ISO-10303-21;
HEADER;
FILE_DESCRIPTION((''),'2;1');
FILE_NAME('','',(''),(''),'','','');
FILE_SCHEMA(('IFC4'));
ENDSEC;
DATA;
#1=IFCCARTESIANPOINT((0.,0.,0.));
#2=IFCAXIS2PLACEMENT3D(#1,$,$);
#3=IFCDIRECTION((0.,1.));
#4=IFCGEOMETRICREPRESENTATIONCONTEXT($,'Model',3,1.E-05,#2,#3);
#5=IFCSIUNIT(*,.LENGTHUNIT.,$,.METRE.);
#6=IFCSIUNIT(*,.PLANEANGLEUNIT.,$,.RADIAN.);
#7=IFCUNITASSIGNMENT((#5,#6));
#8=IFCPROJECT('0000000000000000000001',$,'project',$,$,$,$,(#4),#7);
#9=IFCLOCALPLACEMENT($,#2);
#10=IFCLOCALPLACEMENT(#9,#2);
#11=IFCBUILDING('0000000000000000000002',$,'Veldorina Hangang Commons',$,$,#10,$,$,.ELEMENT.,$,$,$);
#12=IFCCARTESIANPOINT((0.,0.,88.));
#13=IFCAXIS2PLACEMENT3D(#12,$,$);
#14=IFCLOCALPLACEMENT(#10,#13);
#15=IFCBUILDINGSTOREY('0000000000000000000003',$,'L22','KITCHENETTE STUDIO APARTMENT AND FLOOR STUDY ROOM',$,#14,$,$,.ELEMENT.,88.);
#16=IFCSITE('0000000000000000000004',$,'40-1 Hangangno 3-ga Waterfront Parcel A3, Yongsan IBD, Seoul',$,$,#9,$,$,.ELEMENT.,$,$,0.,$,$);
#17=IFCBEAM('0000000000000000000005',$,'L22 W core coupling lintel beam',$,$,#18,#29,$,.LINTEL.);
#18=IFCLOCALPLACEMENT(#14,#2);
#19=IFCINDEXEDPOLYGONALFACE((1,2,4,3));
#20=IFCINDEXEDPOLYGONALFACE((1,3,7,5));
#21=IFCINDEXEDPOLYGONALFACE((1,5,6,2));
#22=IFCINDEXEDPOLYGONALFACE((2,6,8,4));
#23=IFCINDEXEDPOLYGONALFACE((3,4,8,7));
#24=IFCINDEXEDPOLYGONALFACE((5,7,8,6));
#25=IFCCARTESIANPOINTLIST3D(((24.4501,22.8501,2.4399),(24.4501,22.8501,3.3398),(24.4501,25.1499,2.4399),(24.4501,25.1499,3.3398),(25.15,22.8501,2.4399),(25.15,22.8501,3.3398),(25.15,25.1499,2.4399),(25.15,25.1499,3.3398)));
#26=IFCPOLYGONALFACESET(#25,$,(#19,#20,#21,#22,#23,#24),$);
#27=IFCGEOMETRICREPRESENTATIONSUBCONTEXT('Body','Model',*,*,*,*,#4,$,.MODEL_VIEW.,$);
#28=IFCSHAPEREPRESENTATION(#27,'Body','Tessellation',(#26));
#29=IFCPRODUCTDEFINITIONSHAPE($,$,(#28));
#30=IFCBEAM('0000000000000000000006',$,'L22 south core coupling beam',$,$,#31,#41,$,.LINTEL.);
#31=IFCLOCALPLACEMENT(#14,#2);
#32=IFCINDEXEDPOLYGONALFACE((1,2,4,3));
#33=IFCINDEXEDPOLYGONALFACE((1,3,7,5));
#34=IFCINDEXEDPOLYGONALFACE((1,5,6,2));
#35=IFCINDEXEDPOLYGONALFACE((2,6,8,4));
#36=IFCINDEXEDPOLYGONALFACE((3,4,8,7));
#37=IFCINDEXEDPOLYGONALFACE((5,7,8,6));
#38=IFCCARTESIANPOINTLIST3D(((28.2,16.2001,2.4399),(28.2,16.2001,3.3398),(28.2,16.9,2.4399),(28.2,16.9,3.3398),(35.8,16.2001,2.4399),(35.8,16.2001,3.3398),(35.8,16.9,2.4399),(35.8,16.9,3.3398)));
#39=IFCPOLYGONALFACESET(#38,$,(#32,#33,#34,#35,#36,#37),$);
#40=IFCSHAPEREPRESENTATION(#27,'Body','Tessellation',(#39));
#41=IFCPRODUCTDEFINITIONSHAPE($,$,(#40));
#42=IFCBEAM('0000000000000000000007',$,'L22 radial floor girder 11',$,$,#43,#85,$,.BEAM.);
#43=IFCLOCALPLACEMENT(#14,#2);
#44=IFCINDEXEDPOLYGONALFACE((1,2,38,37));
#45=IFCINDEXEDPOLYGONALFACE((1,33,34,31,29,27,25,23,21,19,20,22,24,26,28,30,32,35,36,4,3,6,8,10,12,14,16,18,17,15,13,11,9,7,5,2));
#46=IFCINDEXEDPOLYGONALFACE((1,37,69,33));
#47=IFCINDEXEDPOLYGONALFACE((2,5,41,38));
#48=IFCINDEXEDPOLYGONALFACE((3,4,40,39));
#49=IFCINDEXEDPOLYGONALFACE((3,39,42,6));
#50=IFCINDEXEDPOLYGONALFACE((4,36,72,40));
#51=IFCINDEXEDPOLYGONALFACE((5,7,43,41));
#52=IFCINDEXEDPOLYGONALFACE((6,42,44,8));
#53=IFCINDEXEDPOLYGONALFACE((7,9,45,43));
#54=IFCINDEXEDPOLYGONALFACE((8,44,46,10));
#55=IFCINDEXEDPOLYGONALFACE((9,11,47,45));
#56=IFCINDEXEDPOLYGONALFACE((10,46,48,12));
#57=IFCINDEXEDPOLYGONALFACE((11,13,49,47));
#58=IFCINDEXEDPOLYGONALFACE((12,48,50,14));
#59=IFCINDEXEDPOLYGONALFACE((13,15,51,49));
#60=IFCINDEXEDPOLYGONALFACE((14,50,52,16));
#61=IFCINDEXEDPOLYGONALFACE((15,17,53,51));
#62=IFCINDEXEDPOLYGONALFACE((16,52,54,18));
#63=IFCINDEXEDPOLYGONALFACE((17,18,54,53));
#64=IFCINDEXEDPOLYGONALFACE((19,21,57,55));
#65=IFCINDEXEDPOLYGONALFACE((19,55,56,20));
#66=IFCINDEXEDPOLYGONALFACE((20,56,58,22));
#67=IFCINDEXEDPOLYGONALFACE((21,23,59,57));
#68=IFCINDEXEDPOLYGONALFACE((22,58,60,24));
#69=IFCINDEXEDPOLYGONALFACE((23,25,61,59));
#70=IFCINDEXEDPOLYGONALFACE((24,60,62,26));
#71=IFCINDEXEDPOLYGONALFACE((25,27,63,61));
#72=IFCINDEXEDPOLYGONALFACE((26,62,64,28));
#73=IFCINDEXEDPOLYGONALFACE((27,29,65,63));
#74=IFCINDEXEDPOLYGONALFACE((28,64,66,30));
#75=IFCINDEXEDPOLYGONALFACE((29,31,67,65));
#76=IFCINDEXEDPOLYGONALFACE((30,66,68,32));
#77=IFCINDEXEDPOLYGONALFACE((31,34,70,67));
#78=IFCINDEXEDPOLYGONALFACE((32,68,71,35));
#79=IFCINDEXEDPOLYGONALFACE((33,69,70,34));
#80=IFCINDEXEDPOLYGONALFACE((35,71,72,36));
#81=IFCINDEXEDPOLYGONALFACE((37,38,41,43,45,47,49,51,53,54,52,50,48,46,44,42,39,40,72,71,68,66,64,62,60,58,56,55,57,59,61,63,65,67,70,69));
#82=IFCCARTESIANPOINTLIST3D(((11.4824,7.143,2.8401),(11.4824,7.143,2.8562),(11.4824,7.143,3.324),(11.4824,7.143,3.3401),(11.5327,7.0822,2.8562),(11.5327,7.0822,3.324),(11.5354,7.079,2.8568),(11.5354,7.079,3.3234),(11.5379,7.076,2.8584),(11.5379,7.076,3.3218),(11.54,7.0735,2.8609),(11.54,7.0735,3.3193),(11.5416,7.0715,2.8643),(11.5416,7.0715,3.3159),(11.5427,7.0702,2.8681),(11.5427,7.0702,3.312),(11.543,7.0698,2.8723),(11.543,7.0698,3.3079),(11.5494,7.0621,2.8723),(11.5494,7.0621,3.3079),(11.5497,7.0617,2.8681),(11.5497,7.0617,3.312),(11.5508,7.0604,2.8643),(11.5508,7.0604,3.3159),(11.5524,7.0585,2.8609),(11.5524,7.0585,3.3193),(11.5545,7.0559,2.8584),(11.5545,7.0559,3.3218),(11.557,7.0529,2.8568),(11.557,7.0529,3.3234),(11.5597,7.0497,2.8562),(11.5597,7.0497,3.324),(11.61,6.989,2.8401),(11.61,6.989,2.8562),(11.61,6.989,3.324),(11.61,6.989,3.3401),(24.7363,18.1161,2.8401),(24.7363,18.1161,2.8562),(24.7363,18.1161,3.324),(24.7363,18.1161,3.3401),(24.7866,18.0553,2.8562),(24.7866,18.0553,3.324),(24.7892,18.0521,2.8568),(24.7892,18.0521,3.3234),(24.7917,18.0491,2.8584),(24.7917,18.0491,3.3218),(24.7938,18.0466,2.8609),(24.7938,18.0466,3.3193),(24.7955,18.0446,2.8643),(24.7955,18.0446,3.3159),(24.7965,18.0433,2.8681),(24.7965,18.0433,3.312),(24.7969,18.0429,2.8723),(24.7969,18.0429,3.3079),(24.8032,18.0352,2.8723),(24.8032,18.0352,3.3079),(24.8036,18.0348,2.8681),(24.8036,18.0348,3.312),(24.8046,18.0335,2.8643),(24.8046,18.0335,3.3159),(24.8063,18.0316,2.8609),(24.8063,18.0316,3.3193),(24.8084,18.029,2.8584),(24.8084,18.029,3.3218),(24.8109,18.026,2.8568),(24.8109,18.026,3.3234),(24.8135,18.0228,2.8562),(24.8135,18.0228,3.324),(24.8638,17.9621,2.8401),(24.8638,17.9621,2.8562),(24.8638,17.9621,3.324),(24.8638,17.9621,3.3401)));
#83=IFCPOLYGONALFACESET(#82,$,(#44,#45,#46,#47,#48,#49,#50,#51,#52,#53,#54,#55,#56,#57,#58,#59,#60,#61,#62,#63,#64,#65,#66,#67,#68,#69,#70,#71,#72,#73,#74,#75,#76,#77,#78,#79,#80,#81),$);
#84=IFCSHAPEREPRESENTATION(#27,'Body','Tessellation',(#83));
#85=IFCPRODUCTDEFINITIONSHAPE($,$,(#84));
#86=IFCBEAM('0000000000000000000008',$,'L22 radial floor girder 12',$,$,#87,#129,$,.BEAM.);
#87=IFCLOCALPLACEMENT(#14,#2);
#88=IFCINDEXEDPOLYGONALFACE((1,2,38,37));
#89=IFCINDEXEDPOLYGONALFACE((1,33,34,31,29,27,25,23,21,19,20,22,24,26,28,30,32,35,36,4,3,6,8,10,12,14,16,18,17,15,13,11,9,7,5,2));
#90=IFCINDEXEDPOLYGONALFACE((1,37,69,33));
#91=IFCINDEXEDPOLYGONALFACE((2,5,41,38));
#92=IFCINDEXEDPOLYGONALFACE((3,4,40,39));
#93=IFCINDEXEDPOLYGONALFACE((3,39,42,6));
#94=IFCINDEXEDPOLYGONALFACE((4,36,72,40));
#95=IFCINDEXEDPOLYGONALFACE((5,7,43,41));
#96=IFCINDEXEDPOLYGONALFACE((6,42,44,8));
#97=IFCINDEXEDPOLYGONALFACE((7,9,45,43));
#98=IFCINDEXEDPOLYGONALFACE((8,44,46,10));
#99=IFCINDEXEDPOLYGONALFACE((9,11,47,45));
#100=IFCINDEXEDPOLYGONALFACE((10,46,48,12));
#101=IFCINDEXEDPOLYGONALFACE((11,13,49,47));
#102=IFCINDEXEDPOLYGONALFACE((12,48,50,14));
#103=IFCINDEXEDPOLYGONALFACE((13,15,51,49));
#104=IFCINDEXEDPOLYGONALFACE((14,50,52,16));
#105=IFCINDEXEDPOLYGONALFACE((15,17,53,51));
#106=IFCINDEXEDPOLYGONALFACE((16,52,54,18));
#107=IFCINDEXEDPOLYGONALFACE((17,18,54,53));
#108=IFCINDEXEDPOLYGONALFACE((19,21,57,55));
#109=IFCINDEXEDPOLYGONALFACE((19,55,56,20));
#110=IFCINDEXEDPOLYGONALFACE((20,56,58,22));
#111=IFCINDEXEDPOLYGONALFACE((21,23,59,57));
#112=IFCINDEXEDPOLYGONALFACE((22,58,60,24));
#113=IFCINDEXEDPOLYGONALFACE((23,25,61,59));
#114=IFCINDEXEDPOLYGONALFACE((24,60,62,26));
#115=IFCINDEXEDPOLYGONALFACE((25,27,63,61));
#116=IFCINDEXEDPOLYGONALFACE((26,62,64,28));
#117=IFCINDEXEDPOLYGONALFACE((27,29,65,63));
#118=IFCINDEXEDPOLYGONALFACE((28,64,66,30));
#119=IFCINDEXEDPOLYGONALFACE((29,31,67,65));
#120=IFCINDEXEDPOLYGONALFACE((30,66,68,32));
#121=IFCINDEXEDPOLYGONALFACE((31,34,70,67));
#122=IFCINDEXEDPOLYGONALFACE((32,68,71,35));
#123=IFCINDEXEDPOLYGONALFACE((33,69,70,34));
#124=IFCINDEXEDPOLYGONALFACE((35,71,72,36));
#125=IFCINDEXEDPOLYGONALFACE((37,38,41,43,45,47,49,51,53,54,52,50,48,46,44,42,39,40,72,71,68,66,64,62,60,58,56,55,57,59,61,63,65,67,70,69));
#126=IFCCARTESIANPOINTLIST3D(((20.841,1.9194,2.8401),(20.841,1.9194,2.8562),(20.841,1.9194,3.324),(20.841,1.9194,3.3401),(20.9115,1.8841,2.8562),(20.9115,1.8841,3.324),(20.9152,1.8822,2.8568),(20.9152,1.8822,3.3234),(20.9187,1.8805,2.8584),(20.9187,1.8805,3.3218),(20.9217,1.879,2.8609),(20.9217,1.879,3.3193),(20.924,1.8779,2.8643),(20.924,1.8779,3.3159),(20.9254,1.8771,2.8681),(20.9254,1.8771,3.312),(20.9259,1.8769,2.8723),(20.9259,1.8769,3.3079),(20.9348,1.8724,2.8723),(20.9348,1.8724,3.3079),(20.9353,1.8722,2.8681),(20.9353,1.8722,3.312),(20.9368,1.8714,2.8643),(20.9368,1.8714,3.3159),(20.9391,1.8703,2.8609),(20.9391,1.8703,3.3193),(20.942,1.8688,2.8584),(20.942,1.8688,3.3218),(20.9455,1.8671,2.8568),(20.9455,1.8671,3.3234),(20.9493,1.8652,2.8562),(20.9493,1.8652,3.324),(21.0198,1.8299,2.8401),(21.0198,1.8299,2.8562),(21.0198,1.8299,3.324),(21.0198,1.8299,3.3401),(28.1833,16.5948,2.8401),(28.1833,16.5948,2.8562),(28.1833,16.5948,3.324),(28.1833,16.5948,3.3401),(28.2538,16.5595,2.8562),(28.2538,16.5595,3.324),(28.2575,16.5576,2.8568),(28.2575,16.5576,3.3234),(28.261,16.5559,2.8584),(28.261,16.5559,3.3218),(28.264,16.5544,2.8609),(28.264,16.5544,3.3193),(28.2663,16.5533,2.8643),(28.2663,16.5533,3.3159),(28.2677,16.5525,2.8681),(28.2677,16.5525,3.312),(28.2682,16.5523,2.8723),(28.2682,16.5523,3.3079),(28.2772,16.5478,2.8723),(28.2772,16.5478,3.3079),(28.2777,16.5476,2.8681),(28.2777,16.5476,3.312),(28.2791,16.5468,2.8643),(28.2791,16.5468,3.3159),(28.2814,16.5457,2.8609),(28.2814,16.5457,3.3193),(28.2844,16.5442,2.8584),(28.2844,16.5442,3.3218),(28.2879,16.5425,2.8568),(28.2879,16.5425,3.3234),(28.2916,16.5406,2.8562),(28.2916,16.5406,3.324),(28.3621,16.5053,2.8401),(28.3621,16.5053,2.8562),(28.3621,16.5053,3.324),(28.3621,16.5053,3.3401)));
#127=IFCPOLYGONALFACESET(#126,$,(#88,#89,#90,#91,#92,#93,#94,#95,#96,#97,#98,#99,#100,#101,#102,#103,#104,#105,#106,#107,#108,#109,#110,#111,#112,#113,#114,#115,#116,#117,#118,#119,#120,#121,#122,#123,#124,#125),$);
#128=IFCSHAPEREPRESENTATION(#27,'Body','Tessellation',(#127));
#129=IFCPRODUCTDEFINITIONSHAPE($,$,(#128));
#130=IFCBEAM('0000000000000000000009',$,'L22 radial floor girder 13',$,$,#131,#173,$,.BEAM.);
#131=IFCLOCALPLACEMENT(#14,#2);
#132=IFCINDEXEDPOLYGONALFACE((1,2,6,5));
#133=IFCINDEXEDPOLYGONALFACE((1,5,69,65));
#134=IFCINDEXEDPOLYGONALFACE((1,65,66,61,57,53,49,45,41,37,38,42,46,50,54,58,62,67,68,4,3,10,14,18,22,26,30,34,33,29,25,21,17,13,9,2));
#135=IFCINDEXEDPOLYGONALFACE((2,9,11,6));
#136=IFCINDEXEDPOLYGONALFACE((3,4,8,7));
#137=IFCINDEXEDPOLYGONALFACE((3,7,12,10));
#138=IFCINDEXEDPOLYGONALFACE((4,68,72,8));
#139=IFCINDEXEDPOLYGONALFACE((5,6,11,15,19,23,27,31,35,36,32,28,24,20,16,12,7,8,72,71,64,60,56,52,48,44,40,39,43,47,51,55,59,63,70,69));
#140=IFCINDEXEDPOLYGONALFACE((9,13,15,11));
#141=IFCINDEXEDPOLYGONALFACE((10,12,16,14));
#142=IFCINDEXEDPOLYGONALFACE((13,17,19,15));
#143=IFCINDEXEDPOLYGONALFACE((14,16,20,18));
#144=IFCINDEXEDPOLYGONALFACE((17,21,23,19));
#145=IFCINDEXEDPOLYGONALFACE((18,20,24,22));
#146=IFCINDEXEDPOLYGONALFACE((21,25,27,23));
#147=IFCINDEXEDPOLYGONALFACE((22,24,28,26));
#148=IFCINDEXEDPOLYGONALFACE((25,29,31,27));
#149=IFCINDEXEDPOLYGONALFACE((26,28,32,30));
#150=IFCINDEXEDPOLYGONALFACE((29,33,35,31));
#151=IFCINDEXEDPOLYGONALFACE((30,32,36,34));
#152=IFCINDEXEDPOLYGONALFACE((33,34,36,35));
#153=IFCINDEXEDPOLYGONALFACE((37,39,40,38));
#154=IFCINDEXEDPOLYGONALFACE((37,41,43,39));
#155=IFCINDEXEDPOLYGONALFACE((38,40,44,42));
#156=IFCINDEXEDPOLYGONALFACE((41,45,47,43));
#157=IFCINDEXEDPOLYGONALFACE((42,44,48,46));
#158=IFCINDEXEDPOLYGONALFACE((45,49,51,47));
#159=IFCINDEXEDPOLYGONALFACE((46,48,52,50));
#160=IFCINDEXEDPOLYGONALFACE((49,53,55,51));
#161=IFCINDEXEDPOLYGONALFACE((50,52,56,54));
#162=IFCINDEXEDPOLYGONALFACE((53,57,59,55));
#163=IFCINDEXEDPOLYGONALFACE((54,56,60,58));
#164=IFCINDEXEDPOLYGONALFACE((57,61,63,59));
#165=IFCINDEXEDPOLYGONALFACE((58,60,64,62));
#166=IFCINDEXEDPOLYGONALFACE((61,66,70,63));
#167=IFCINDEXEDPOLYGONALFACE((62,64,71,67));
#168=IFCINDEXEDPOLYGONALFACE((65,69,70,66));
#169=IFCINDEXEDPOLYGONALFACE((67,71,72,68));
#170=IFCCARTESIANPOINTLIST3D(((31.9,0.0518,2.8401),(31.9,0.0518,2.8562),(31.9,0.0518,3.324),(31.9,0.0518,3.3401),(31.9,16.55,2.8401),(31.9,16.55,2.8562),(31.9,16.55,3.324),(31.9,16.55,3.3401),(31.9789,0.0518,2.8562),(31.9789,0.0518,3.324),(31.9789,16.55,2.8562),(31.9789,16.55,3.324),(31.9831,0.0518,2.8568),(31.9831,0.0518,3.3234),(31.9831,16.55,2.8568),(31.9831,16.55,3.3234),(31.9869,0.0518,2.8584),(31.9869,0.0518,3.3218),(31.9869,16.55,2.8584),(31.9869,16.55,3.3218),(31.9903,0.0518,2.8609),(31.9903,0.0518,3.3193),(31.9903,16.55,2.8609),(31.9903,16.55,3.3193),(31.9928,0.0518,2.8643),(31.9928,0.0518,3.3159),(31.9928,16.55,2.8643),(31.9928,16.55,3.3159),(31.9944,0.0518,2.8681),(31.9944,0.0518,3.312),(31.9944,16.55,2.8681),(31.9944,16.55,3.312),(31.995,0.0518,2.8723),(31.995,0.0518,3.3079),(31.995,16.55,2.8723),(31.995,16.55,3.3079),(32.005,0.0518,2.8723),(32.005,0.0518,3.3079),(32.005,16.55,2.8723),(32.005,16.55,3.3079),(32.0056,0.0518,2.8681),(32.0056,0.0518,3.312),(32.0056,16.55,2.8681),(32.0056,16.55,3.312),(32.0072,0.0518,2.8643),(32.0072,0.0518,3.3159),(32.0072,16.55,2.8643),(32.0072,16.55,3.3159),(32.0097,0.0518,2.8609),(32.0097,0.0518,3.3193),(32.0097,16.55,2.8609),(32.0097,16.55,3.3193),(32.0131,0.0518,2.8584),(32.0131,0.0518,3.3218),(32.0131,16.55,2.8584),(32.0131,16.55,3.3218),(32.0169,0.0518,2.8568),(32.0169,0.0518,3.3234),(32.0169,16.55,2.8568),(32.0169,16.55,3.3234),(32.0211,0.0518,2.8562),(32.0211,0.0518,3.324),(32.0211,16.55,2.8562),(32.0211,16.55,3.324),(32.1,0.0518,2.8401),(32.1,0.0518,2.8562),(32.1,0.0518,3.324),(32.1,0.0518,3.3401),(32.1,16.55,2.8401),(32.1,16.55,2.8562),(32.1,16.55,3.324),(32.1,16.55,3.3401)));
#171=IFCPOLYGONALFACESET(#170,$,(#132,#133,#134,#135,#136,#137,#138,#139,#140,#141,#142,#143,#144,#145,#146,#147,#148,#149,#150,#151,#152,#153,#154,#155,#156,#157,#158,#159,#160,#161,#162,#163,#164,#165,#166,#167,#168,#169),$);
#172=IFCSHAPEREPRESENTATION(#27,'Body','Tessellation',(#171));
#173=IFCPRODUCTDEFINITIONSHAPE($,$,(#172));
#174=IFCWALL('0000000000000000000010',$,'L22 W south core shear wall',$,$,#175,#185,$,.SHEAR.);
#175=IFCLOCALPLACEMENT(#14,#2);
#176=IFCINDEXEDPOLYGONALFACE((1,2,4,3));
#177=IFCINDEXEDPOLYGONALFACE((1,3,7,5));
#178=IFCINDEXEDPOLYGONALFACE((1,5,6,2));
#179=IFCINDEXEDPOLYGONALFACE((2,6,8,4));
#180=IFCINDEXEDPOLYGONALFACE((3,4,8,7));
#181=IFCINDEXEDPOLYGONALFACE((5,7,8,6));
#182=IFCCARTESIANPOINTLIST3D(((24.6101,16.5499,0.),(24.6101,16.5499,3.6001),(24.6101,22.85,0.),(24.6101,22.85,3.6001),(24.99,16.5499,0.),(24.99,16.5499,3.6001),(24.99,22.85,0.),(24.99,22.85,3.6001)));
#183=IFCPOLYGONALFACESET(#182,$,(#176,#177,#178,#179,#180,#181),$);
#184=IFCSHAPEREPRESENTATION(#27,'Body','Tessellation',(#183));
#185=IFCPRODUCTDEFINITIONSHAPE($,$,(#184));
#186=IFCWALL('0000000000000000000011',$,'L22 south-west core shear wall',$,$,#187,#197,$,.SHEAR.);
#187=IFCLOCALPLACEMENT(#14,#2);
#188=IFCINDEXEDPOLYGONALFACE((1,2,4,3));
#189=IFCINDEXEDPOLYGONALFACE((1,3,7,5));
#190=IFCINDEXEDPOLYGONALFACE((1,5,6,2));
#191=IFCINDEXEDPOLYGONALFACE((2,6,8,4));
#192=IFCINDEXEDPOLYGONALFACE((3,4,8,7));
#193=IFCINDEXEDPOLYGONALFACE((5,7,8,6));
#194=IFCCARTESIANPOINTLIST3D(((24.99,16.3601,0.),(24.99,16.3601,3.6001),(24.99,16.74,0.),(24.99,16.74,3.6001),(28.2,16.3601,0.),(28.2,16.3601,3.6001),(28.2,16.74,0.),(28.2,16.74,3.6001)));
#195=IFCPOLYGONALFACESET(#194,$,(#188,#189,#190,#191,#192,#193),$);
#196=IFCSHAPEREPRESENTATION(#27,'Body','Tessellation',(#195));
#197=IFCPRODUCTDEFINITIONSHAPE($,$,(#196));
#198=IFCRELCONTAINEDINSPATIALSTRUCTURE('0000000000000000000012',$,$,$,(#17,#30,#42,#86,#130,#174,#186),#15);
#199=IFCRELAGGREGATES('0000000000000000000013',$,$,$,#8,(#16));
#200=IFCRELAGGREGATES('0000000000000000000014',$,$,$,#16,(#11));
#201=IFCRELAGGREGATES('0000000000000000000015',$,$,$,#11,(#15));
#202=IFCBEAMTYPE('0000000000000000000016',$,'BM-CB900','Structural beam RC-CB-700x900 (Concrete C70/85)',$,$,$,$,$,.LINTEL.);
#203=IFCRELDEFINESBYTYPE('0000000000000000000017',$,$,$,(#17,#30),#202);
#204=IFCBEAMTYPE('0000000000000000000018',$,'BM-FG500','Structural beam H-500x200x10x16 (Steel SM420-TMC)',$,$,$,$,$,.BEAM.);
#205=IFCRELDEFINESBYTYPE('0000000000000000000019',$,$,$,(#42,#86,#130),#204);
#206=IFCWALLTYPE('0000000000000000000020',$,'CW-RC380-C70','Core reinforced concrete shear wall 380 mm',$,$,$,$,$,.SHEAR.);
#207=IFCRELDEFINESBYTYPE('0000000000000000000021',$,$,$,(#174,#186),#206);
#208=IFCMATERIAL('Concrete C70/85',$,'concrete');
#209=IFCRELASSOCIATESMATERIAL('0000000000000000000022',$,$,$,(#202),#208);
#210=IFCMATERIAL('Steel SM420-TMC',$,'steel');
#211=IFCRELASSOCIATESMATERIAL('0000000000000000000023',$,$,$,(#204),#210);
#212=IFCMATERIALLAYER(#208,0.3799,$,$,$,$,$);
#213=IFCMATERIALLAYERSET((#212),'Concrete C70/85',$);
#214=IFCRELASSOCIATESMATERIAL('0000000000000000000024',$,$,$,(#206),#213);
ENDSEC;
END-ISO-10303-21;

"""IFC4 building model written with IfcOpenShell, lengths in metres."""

from ifc_helpers import new_model, si_unit, direction, frame, frame_2d, origin, origin_2d, place, context, subcontext, project, spatial, rectangle, i_section, extrude, material, layer, layer_set, material_profile, profile_set, type_object, element, save


model = new_model("IFC4")

# Units and contexts
model_context = context("Model", 3, precision=1e-05, world=origin(), true_north=direction((0.0, 1.0)))
body_context = subcontext(model_context, "Body", "Model", "MODEL_VIEW")
ifc_project = project(units=[si_unit("LENGTHUNIT", "METRE"), si_unit("PLANEANGLEUNIT", "RADIAN")], contexts=[model_context])

# Site, building, storey
site_placement = place(None, origin())
site = spatial("IfcSite", under=ifc_project, at=site_placement, Name="40-1 Hangangno 3-ga Waterfront Parcel A3, Yongsan IBD, Seoul", CompositionType="ELEMENT", RefElevation=0.0)
building_placement = place(site_placement, origin())
building = spatial("IfcBuilding", under=site, at=building_placement, Name="Veldorina Hangang Commons", CompositionType="ELEMENT")
storey_placement = place(building_placement, frame((0.0, 0.0, 88.0)))
storey = spatial("IfcBuildingStorey", under=building, at=storey_placement, Name="L22", Description="KITCHENETTE STUDIO APARTMENT AND FLOOR STUDY ROOM", CompositionType="ELEMENT", Elevation=88.0)

# Beams
ifc_material_1 = material(Name="Concrete C70/85", Category="concrete")
ifc_material_profile_1 = material_profile(ifc_material_1, rectangle(XDim=0.7, YDim=0.8999, at=origin_2d()), Name="RC-CB-700x900")
ifc_profile_set_1 = profile_set([ifc_material_profile_1], Name="Concrete C70/85")
beam_type_1 = type_object("IfcBeamType", Name="BM-CB900", Description="Structural beam RC-CB-700x900 (Concrete C70/85)", PredefinedType="LINTEL", material=ifc_profile_set_1)
beam_1_placement = place(storey_placement, frame((24.8, 22.8501, 2.8899), z_axis=(0.0, 1.0, 0.0), x_axis=(-1.0, 0.0, 0.0)))
element("IfcBeam", 1, at=beam_1_placement, inside=storey, type_object=beam_type_1, Name="L22 W core coupling lintel beam", PredefinedType="LINTEL", context=body_context, shape_type="SweptSolid", body=[
    extrude(rectangle(XDim=0.7, YDim=0.8999, at=origin_2d()), origin(), (0.0, 0.0, 1.0), 2.2998),
])
beam_2_placement = place(storey_placement, frame((28.2, 16.55, 2.8899), z_axis=(1.0, 0.0, 0.0), x_axis=(0.0, 1.0, 0.0)))
element("IfcBeam", 2, at=beam_2_placement, inside=storey, type_object=beam_type_1, Name="L22 south core coupling beam", PredefinedType="LINTEL", context=body_context, shape_type="SweptSolid", body=[
    extrude(rectangle(XDim=0.7, YDim=0.8999, at=origin_2d()), origin(), (0.0, 0.0, 1.0), 7.6001),
])
ifc_material_2 = material(Name="Steel SM420-TMC", Category="steel")
ifc_material_profile_2 = material_profile(ifc_material_2, i_section(OverallWidth=0.2, OverallDepth=0.5, WebThickness=0.01, FlangeThickness=0.0161, FilletRadius=0.0161, at=origin_2d()), Name="H-500x200x10x16")
ifc_profile_set_2 = profile_set([ifc_material_profile_2], Name="Steel SM420-TMC")
beam_type_2 = type_object("IfcBeamType", Name="BM-FG500", Description="Structural beam H-500x200x10x16 (Steel SM420-TMC)", PredefinedType="BEAM", material=ifc_profile_set_2)
beam_3_placement = place(storey_placement, frame((24.8, 18.0391, 3.0901), z_axis=(-0.770269, -0.637719, 0.0), x_axis=(0.637719, -0.770269, 0.0)))
element("IfcBeam", 3, at=beam_3_placement, inside=storey, type_object=beam_type_2, Name="L22 radial floor girder 11", PredefinedType="BEAM", context=body_context, shape_type="SweptSolid", body=[
    extrude(i_section(OverallWidth=0.2, OverallDepth=0.5, WebThickness=0.01, FlangeThickness=0.0161, FilletRadius=0.0161, at=origin_2d()), origin(), (0.0, 0.0, 1.0), 17.2068),
])
beam_4_placement = place(storey_placement, frame((28.2727, 16.55, 3.0901), z_axis=(-0.44744, -0.894314, 0.0), x_axis=(0.894314, -0.44744, 0.0)))
element("IfcBeam", 4, at=beam_4_placement, inside=storey, type_object=beam_type_2, Name="L22 radial floor girder 12", PredefinedType="BEAM", context=body_context, shape_type="SweptSolid", body=[
    extrude(i_section(OverallWidth=0.2, OverallDepth=0.5, WebThickness=0.01, FlangeThickness=0.0161, FilletRadius=0.0161, at=origin_2d()), origin(), (0.0, 0.0, 1.0), 16.4097),
])
beam_5_placement = place(storey_placement, frame((32.0, 16.55, 3.0901), z_axis=(0.0, -1.0, 0.0), x_axis=(1.0, 0.0, 0.0)))
element("IfcBeam", 5, at=beam_5_placement, inside=storey, type_object=beam_type_2, Name="L22 radial floor girder 13", PredefinedType="BEAM", context=body_context, shape_type="SweptSolid", body=[
    extrude(i_section(OverallWidth=0.2, OverallDepth=0.5, WebThickness=0.01, FlangeThickness=0.0161, FilletRadius=0.0161, at=origin_2d()), origin(), (0.0, 0.0, 1.0), 16.4983),
])

# Walls
ifc_layer_1 = layer(ifc_material_1, 0.3799)
ifc_layer_set_1 = layer_set([ifc_layer_1], Name="Concrete C70/85")
wall_type_1 = type_object("IfcWallType", Name="CW-RC380-C70", Description="Core reinforced concrete shear wall 380 mm", PredefinedType="SHEAR", material=ifc_layer_set_1)
wall_1_placement = place(storey_placement, frame((24.8, 16.55, 0.0), z_axis=(0.0, 0.0, 1.0), x_axis=(0.0, 1.0, 0.0)))
element("IfcWall", 6, at=wall_1_placement, inside=storey, type_object=wall_type_1, Name="L22 W south core shear wall", PredefinedType="SHEAR", context=body_context, shape_type="SweptSolid", body=[
    extrude(rectangle(XDim=6.3, YDim=0.3799, at=frame_2d((3.1499, 0.0))), origin(), (0.0, 0.0, 1.0), 3.6001),
])
wall_2_placement = place(storey_placement, frame((24.99, 16.55, 0.0), z_axis=(0.0, 0.0, 1.0), x_axis=(1.0, 0.0, 0.0)))
element("IfcWall", 7, at=wall_2_placement, inside=storey, type_object=wall_type_1, Name="L22 south-west core shear wall", PredefinedType="SHEAR", context=body_context, shape_type="SweptSolid", body=[
    extrude(rectangle(XDim=3.21, YDim=0.3799, at=frame_2d((1.605, 0.0))), origin(), (0.0, 0.0, 1.0), 3.6001),
])

save(model, "model.ifc")
